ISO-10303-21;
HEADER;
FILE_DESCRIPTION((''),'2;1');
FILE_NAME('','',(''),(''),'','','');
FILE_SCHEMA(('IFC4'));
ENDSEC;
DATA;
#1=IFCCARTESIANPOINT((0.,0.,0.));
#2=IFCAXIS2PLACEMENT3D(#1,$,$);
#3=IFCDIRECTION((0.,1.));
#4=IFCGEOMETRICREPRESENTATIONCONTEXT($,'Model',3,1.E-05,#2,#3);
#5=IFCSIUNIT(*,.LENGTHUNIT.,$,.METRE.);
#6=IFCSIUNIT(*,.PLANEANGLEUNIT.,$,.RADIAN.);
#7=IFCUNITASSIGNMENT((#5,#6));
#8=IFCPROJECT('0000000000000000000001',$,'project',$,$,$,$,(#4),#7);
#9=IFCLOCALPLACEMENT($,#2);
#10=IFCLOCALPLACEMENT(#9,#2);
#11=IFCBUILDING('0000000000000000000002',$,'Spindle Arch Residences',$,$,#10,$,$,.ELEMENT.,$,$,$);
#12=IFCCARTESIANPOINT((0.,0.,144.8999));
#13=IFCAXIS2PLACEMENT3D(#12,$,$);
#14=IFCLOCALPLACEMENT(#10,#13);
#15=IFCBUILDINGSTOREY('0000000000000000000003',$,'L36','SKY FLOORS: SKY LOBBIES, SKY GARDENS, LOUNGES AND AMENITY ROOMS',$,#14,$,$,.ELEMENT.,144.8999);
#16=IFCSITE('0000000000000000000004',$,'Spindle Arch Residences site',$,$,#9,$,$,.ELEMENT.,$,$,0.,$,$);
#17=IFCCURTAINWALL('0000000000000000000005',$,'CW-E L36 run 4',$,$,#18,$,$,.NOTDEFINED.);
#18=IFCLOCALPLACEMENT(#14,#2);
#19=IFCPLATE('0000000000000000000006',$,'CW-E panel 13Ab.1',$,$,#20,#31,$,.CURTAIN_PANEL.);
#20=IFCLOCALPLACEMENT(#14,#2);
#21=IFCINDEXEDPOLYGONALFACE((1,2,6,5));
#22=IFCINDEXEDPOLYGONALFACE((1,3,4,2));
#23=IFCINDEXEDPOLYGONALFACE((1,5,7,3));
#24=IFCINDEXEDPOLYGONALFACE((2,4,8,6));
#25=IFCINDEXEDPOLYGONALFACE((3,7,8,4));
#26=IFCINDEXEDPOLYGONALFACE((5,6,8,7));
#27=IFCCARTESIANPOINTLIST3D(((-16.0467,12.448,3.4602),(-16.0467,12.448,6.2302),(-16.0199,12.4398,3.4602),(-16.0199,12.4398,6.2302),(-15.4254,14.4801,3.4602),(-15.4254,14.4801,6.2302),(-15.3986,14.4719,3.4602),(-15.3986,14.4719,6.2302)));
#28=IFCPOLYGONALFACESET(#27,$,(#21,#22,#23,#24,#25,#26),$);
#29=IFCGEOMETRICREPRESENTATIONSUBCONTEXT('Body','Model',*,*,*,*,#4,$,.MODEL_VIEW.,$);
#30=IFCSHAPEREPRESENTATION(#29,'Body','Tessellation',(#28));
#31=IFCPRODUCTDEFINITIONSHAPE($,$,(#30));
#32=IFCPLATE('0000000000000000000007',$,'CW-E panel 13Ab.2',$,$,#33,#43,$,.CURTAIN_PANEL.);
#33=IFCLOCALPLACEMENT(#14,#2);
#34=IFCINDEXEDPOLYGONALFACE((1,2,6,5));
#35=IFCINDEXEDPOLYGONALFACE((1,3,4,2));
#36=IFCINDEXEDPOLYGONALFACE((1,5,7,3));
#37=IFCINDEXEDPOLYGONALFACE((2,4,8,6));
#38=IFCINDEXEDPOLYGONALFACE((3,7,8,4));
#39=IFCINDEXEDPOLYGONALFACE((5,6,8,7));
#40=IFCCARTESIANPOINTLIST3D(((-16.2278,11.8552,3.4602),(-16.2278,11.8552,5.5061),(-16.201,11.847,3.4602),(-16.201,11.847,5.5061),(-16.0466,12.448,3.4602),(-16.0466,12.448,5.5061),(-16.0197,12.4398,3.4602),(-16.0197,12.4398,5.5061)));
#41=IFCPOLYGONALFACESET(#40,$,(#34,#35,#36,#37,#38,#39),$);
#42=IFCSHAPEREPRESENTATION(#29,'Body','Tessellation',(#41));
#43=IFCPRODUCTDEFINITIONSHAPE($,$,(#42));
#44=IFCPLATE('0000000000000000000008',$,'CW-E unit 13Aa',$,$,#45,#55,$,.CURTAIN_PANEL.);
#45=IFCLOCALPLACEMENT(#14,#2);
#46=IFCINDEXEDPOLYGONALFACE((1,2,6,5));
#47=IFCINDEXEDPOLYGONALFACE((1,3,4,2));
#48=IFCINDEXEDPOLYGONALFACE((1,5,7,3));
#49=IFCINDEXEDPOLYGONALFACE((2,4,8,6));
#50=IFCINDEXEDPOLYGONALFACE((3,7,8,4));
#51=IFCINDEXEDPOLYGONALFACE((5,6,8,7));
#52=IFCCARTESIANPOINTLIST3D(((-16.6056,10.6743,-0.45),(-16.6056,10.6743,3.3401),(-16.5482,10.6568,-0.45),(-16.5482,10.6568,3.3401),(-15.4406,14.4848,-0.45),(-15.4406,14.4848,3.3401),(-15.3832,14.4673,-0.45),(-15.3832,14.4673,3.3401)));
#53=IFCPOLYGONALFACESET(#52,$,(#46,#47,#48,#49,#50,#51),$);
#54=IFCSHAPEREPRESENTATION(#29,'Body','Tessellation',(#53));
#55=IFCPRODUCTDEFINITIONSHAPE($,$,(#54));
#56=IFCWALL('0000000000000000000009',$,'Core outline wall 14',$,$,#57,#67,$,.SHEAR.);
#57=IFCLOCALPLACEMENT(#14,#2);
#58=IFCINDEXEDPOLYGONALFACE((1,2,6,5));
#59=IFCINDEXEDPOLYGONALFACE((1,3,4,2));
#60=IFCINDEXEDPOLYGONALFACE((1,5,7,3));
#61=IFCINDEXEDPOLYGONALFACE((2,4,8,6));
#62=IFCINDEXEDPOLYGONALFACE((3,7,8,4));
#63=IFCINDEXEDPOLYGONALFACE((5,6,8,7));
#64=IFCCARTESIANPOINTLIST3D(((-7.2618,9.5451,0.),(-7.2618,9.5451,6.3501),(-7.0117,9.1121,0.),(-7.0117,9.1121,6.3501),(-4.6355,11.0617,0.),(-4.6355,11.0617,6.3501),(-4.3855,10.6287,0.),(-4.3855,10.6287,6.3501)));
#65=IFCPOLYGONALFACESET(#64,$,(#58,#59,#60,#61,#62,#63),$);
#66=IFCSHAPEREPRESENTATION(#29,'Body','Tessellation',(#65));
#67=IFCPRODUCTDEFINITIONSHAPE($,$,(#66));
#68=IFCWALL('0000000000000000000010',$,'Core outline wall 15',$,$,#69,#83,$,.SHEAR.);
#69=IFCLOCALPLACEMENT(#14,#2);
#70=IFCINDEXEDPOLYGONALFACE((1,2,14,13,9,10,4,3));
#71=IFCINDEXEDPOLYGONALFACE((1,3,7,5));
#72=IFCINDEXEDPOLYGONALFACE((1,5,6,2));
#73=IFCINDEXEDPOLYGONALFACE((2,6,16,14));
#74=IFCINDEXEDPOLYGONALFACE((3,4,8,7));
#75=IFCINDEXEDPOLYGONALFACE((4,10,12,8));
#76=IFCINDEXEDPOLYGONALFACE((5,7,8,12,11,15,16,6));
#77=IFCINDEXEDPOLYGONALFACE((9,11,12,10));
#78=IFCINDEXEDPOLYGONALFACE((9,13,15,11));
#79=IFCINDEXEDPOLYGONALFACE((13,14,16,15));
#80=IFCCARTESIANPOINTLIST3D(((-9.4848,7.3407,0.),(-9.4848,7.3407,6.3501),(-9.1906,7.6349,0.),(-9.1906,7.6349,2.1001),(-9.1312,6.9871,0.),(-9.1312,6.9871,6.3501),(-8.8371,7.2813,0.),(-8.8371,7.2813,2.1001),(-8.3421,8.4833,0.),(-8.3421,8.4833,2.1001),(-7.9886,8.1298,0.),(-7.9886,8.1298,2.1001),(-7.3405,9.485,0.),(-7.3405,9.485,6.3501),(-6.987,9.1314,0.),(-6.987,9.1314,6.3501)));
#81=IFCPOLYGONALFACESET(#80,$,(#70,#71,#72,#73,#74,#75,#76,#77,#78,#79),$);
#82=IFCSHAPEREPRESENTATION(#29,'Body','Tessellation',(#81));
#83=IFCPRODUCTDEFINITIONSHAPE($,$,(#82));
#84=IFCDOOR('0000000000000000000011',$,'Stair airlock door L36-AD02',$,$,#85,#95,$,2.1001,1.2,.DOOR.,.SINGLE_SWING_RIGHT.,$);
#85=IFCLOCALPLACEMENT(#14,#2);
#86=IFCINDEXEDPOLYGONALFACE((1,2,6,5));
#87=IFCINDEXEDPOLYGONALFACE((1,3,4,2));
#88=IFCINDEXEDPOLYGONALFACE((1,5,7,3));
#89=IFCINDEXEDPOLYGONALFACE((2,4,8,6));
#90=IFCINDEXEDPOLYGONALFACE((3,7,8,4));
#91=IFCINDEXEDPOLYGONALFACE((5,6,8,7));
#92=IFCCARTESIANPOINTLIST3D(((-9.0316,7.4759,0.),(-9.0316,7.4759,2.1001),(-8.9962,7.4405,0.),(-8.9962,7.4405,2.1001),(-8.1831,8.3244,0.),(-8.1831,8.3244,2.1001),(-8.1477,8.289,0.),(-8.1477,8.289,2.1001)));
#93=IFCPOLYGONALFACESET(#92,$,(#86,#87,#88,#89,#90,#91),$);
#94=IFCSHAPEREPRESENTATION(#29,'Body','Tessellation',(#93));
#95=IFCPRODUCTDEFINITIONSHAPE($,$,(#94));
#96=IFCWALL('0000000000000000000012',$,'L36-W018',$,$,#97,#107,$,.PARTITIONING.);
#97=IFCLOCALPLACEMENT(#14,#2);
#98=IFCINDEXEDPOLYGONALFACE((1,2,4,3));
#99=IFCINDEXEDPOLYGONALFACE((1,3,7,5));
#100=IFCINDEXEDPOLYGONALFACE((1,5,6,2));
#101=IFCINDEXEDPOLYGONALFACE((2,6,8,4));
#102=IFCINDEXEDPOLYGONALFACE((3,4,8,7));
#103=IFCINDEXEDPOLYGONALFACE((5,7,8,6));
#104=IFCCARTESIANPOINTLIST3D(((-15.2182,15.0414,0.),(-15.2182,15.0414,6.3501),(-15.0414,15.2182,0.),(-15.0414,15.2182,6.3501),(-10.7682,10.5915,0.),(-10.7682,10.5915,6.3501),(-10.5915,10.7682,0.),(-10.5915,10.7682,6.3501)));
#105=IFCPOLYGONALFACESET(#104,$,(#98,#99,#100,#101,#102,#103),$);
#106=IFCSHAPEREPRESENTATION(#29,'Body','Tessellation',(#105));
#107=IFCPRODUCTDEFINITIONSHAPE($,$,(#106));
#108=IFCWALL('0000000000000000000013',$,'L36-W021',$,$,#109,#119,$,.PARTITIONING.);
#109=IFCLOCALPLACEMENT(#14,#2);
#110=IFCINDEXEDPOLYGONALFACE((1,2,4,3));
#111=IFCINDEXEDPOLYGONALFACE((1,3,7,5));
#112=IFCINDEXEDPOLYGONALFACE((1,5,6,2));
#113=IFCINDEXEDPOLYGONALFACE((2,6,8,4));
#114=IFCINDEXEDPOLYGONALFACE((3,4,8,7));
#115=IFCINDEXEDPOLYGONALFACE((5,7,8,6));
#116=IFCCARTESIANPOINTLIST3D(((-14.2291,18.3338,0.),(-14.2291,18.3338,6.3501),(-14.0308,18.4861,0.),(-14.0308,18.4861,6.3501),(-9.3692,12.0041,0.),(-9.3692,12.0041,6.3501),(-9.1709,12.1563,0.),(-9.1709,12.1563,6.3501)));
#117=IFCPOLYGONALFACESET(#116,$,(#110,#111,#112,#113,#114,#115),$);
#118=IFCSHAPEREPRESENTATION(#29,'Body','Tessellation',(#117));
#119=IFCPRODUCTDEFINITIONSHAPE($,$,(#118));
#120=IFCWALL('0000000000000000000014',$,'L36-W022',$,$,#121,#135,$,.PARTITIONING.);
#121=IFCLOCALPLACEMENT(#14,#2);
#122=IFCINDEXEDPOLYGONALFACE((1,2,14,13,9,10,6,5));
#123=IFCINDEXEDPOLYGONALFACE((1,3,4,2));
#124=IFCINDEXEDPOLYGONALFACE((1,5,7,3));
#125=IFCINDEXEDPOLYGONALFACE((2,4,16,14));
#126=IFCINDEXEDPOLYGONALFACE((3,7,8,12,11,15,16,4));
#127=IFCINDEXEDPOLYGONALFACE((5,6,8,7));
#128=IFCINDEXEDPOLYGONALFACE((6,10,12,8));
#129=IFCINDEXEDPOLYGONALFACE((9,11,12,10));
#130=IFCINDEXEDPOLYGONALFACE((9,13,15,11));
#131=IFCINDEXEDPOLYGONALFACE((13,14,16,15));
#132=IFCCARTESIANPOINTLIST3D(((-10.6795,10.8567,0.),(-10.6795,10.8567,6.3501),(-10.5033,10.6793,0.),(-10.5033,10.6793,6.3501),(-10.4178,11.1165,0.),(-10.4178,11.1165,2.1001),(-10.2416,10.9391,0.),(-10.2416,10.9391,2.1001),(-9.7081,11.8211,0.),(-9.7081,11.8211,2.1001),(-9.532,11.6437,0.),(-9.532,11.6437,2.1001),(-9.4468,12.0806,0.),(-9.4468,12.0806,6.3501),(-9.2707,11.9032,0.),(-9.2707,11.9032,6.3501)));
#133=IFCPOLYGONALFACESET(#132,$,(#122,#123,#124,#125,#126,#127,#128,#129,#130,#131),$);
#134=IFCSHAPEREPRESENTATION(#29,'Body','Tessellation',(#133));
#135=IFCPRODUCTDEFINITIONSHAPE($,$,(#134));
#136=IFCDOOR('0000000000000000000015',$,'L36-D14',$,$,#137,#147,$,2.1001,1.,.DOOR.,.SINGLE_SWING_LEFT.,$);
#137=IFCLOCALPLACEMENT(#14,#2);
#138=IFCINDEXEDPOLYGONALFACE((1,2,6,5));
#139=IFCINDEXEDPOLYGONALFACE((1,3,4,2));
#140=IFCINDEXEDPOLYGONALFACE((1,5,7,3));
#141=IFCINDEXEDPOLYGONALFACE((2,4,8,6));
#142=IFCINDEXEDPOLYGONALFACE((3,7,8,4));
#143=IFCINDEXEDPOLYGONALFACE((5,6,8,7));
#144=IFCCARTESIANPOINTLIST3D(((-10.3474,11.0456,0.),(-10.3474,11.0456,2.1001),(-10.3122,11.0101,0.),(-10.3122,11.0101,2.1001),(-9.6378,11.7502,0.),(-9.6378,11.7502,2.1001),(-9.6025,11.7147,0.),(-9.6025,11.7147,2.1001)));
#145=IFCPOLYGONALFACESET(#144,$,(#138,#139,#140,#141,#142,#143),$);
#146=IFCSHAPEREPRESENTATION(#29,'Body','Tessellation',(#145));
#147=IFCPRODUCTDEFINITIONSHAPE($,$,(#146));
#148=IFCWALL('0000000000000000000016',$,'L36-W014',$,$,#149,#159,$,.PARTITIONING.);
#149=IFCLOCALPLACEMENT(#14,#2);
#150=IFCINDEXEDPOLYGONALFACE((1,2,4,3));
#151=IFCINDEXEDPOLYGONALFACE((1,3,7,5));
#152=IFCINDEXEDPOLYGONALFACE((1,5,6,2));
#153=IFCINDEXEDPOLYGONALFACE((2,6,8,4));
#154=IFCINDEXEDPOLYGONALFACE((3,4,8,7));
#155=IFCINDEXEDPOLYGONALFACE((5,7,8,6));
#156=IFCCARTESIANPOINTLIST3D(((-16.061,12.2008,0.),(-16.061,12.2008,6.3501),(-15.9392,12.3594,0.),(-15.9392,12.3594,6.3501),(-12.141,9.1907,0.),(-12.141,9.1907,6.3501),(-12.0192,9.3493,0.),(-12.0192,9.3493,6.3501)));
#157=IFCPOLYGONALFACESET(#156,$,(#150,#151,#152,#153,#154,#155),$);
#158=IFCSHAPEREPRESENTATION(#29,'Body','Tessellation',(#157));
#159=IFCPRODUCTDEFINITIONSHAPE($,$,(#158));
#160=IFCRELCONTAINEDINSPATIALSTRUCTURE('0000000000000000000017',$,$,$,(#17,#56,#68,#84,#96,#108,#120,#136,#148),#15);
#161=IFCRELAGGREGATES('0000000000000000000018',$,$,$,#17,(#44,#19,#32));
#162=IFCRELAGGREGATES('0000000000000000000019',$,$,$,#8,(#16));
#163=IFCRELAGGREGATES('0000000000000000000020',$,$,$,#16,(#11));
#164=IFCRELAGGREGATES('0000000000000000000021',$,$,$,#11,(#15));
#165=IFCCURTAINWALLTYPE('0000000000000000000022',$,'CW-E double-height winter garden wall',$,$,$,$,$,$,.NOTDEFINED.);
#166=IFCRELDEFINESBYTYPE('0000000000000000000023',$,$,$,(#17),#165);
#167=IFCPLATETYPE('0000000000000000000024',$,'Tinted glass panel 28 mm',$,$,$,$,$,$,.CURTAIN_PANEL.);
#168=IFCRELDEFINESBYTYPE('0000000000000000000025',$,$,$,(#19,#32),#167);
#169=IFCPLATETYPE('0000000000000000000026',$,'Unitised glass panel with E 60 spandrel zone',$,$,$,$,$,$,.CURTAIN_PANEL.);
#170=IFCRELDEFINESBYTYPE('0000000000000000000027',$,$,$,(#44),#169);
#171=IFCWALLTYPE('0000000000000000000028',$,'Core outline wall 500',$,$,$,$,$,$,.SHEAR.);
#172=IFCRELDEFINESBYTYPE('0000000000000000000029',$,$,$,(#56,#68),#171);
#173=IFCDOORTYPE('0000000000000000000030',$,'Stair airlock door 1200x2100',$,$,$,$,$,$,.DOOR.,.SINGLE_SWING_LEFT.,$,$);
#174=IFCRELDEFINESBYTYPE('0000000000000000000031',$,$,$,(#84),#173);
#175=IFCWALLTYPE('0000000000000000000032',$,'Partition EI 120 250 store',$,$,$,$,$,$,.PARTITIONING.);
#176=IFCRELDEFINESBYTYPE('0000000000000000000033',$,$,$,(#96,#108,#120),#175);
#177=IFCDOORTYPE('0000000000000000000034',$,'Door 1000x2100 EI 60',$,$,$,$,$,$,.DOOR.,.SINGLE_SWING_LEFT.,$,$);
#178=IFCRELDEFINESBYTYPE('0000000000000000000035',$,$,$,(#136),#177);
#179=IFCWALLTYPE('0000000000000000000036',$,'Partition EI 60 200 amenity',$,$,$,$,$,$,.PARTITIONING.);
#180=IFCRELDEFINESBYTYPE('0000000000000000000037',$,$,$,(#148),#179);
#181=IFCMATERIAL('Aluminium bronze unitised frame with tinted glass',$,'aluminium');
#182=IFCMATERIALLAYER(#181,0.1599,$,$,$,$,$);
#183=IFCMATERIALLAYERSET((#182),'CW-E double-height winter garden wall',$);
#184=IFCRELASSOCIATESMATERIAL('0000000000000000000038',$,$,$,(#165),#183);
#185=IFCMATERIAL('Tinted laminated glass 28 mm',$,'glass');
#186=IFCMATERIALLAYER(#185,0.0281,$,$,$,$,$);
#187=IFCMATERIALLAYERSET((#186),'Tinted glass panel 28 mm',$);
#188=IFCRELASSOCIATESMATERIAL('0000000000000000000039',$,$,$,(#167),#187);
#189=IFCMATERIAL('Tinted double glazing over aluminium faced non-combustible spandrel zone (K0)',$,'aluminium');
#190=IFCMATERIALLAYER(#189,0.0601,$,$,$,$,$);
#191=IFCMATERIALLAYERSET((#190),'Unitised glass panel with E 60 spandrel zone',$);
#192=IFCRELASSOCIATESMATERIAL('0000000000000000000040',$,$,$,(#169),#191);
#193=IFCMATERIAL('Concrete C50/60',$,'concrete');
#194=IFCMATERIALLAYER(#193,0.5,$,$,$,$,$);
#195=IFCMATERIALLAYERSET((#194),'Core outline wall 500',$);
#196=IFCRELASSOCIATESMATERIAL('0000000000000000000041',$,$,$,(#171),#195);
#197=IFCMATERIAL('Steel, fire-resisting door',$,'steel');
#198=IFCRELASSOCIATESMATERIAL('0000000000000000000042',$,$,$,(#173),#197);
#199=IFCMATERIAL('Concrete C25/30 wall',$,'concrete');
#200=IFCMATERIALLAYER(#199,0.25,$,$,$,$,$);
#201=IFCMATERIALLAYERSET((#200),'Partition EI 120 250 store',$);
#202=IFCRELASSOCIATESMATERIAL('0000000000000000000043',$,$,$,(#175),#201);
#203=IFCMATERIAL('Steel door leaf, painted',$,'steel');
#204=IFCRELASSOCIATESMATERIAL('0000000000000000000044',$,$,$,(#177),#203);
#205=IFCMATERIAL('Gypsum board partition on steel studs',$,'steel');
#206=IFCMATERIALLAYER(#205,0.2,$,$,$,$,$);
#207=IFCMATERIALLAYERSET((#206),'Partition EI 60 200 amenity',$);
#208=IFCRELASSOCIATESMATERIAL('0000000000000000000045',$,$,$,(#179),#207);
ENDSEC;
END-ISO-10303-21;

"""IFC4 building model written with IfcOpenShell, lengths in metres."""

from ifc_helpers import new_model, si_unit, direction, frame, frame_2d, origin, origin_2d, place, context, subcontext, project, spatial, rectangle, extrude, material, layer, layer_set, type_object, element, fill, aggregate, save


model = new_model("IFC4")

# Units and contexts
model_context = context("Model", 3, precision=1e-05, world=origin(), true_north=direction((0.0, 1.0)))
body_context = subcontext(model_context, "Body", "Model", "MODEL_VIEW")
ifc_project = project(units=[si_unit("LENGTHUNIT", "METRE"), si_unit("PLANEANGLEUNIT", "RADIAN")], contexts=[model_context])

# Site, building, storey
site_placement = place(None, origin())
site = spatial("IfcSite", under=ifc_project, at=site_placement, Name="Spindle Arch Residences site", CompositionType="ELEMENT", RefElevation=0.0)
building_placement = place(site_placement, origin())
building = spatial("IfcBuilding", under=site, at=building_placement, Name="Spindle Arch Residences", CompositionType="ELEMENT")
storey_placement = place(building_placement, frame((0.0, 0.0, 144.8999)))
storey = spatial("IfcBuildingStorey", under=building, at=storey_placement, Name="L36", Description="SKY FLOORS: SKY LOBBIES, SKY GARDENS, LOUNGES AND AMENITY ROOMS", CompositionType="ELEMENT", Elevation=144.8999)

# Curtain wall
ifc_material_1 = material(Name="Aluminium bronze unitised frame with tinted glass", Category="aluminium")
ifc_layer_1 = layer(ifc_material_1, 0.1599)
ifc_layer_set_1 = layer_set([ifc_layer_1], Name="CW-E double-height winter garden wall")
curtain_wall_type = type_object("IfcCurtainWallType", Name="CW-E double-height winter garden wall", PredefinedType="NOTDEFINED", material=ifc_layer_set_1)
curtain_wall_placement = place(storey_placement, origin())
curtain_wall = element("IfcCurtainWall", 1, at=curtain_wall_placement, inside=storey, type_object=curtain_wall_type, Name="CW-E L36 run 4", PredefinedType="NOTDEFINED")

# Plates
ifc_material_2 = material(Name="Tinted laminated glass 28 mm", Category="glass")
ifc_layer_2 = layer(ifc_material_2, 0.0281)
ifc_layer_set_2 = layer_set([ifc_layer_2], Name="Tinted glass panel 28 mm")
plate_type_1 = type_object("IfcPlateType", Name="Tinted glass panel 28 mm", PredefinedType="CURTAIN_PANEL", material=ifc_layer_set_2)
plate_1_placement = place(storey_placement, frame((-15.7227, 13.46, 3.4602), z_axis=(0.0, 0.0, 1.0), x_axis=(-0.292372, -0.956305, 0.0)))
plate_1 = element("IfcPlate", 2, at=plate_1_placement, type_object=plate_type_1, Name="CW-E panel 13Ab.1", PredefinedType="CURTAIN_PANEL", context=body_context, shape_type="SweptSolid", body=[
    extrude(rectangle(XDim=2.125, YDim=0.0281, at=origin_2d()), origin(), (0.0, 0.0, 1.0), 2.77),
])
plate_2_placement = place(storey_placement, frame((-16.1238, 12.1475, 3.4602), z_axis=(0.0, 0.0, 1.0), x_axis=(-0.292372, -0.956305, 0.0)))
plate_2 = element("IfcPlate", 3, at=plate_2_placement, type_object=plate_type_1, Name="CW-E panel 13Ab.2", PredefinedType="CURTAIN_PANEL", context=body_context, shape_type="SweptSolid", body=[
    extrude(rectangle(XDim=0.6199, YDim=0.0281, at=origin_2d()), origin(), (0.0, 0.0, 1.0), 2.0459),
])
ifc_material_3 = material(Name="Tinted double glazing over aluminium faced non-combustible spandrel zone (K0)", Category="aluminium")
ifc_layer_3 = layer(ifc_material_3, 0.0601)
ifc_layer_set_3 = layer_set([ifc_layer_3], Name="Unitised glass panel with E 60 spandrel zone")
plate_type_2 = type_object("IfcPlateType", Name="Unitised glass panel with E 60 spandrel zone", PredefinedType="CURTAIN_PANEL", material=ifc_layer_set_3)
plate_3_placement = place(storey_placement, frame((-15.9944, 12.5708, -0.45), z_axis=(0.0, 0.0, 1.0), x_axis=(-0.292372, -0.956305, 0.0)))
plate_3 = element("IfcPlate", 4, at=plate_3_placement, type_object=plate_type_2, Name="CW-E unit 13Aa", PredefinedType="CURTAIN_PANEL", context=body_context, shape_type="SweptSolid", body=[
    extrude(rectangle(XDim=3.9846, YDim=0.0601, at=origin_2d()), origin(), (0.0, 0.0, 1.0), 3.79),
])
aggregate(curtain_wall, [plate_3, plate_1, plate_2])

# Wall
ifc_material_4 = material(Name="Concrete C50/60", Category="concrete")
ifc_layer_4 = layer(ifc_material_4, 0.5)
ifc_layer_set_4 = layer_set([ifc_layer_4], Name="Core outline wall 500")
wall_type_1 = type_object("IfcWallType", Name="Core outline wall 500", PredefinedType="SHEAR", material=ifc_layer_set_4)
wall_1_placement = place(storey_placement, frame((-4.5105, 10.8452, 0.0), z_axis=(0.0, 0.0, 1.0), x_axis=(-0.865975, -0.500087, 0.0)))
element("IfcWall", 5, at=wall_1_placement, inside=storey, type_object=wall_type_1, Name="Core outline wall 14", PredefinedType="SHEAR", context=body_context, shape_type="SweptSolid", body=[
    extrude(rectangle(XDim=3.0327, YDim=0.5, at=frame_2d((1.5164, 0.0))), origin(), (0.0, 0.0, 1.0), 6.3501),
])

# Wall, opening, door
wall_2_placement = place(storey_placement, frame((-7.1638, 9.3081, 0.0), z_axis=(0.0, 0.0, 1.0), x_axis=(-0.707107, -0.707107, 0.0)))
wall_2 = element("IfcWall", 6, at=wall_2_placement, inside=storey, type_object=wall_type_1, Name="Core outline wall 15", PredefinedType="SHEAR", context=body_context, shape_type="SweptSolid", body=[
    extrude(rectangle(XDim=3.0325, YDim=0.5, at=frame_2d((1.5161, 0.0))), origin(), (0.0, 0.0, 1.0), 6.3501),
])
opening_1_placement = place(wall_2_placement, frame((1.4163, 0.0, 0.0)))
opening_1 = element("IfcOpeningElement", 7, at=opening_1_placement, cuts=wall_2, PredefinedType="OPENING", context=body_context, shape_type="SweptSolid", body=[
    extrude(rectangle(XDim=1.2, YDim=2.1001, at=frame_2d((0.6001, 1.05))), frame((0.0, 0.26, 0.0), z_axis=(0.0, -1.0, 0.0), x_axis=(1.0, 0.0, 0.0)), (0.0, 0.0, 1.0), 0.52),
])
ifc_material_5 = material(Name="Steel, fire-resisting door", Category="steel")
door_type_1 = type_object("IfcDoorType", Name="Stair airlock door 1200x2100", OperationType="SINGLE_SWING_LEFT", PredefinedType="DOOR", material=ifc_material_5)
door_1_placement = place(opening_1_placement, origin())
door_1 = element("IfcDoor", 8, at=door_1_placement, inside=storey, type_object=door_type_1, Name="Stair airlock door L36-AD02", OperationType="SINGLE_SWING_RIGHT", OverallHeight=2.1001, OverallWidth=1.2, PredefinedType="DOOR", context=body_context, shape_type="SweptSolid", body=[
    extrude(rectangle(XDim=1.2, YDim=2.1001, at=frame_2d((0.6001, 1.05))), frame((0.0, 0.0249, 0.0), z_axis=(0.0, -1.0, 0.0), x_axis=(1.0, 0.0, 0.0)), (0.0, 0.0, 1.0), 0.05),
])
fill(opening_1, door_1)

# Walls
ifc_material_6 = material(Name="Concrete C25/30 wall", Category="concrete")
ifc_layer_5 = layer(ifc_material_6, 0.25)
ifc_layer_set_5 = layer_set([ifc_layer_5], Name="Partition EI 120 250 store")
wall_type_2 = type_object("IfcWallType", Name="Partition EI 120 250 store", PredefinedType="PARTITIONING", material=ifc_layer_set_5)
wall_3_placement = place(storey_placement, frame((-10.6799, 10.6799, 0.0), z_axis=(0.0, 0.0, 1.0), x_axis=(-0.707107, 0.707107, 0.0)))
element("IfcWall", 9, at=wall_3_placement, inside=storey, type_object=wall_type_2, Name="L36-W018", PredefinedType="PARTITIONING", context=body_context, shape_type="SweptSolid", body=[
    extrude(rectangle(XDim=6.2932, YDim=0.25, at=frame_2d((3.1465, 0.0))), origin(), (0.0, 0.0, 1.0), 6.3501),
])
wall_4_placement = place(storey_placement, frame((-9.27, 12.0801, 0.0), z_axis=(0.0, 0.0, 1.0), x_axis=(-0.608983, 0.793183, 0.0)))
element("IfcWall", 10, at=wall_4_placement, inside=storey, type_object=wall_type_2, Name="L36-W021", PredefinedType="PARTITIONING", context=body_context, shape_type="SweptSolid", body=[
    extrude(rectangle(XDim=7.9802, YDim=0.25, at=frame_2d((3.9902, 0.0))), origin(), (0.0, 0.0, 1.0), 6.3501),
])

# Wall, opening, door
wall_5_placement = place(storey_placement, frame((-9.3586, 11.9919, 0.0), z_axis=(0.0, 0.0, 1.0), x_axis=(-0.709632, -0.704572, 0.0)))
wall_5 = element("IfcWall", 11, at=wall_5_placement, inside=storey, type_object=wall_type_2, Name="L36-W022", PredefinedType="PARTITIONING", context=body_context, shape_type="SweptSolid", body=[
    extrude(rectangle(XDim=1.7371, YDim=0.25, at=frame_2d((0.8687, 0.0))), origin(), (0.0, 0.0, 1.0), 6.3501),
])
opening_2_placement = place(wall_5_placement, frame((0.3684, 0.0, 0.0)))
opening_2 = element("IfcOpeningElement", 12, at=opening_2_placement, cuts=wall_5, PredefinedType="OPENING", context=body_context, shape_type="SweptSolid", body=[
    extrude(rectangle(XDim=1.0, YDim=2.1001, at=frame_2d((0.5, 1.05))), frame((0.0, 0.135, 0.0), z_axis=(0.0, -1.0, 0.0), x_axis=(1.0, 0.0, 0.0)), (0.0, 0.0, 1.0), 0.27),
])
ifc_material_7 = material(Name="Steel door leaf, painted", Category="steel")
door_type_2 = type_object("IfcDoorType", Name="Door 1000x2100 EI 60", OperationType="SINGLE_SWING_LEFT", PredefinedType="DOOR", material=ifc_material_7)
door_2_placement = place(opening_2_placement, origin())
door_2 = element("IfcDoor", 13, at=door_2_placement, inside=storey, type_object=door_type_2, Name="L36-D14", OperationType="SINGLE_SWING_LEFT", OverallHeight=2.1001, OverallWidth=1.0, PredefinedType="DOOR", context=body_context, shape_type="SweptSolid", body=[
    extrude(rectangle(XDim=1.0, YDim=2.1001, at=frame_2d((0.5, 1.05))), frame((0.0, 0.0249, 0.0), z_axis=(0.0, -1.0, 0.0), x_axis=(1.0, 0.0, 0.0)), (0.0, 0.0, 1.0), 0.05),
])
fill(opening_2, door_2)

# Wall
ifc_material_8 = material(Name="Gypsum board partition on steel studs", Category="steel")
ifc_layer_6 = layer(ifc_material_8, 0.2)
ifc_layer_set_6 = layer_set([ifc_layer_6], Name="Partition EI 60 200 amenity")
wall_type_3 = type_object("IfcWallType", Name="Partition EI 60 200 amenity", PredefinedType="PARTITIONING", material=ifc_layer_set_6)
wall_6_placement = place(storey_placement, frame((-12.0801, 9.27, 0.0), z_axis=(0.0, 0.0, 1.0), x_axis=(-0.793143, 0.609035, 0.0)))
element("IfcWall", 14, at=wall_6_placement, inside=storey, type_object=wall_type_3, Name="L36-W014", PredefinedType="PARTITIONING", context=body_context, shape_type="SweptSolid", body=[
    extrude(rectangle(XDim=4.9424, YDim=0.2, at=frame_2d((2.4712, 0.0))), origin(), (0.0, 0.0, 1.0), 6.3501),
])

save(model, "model.ifc")
